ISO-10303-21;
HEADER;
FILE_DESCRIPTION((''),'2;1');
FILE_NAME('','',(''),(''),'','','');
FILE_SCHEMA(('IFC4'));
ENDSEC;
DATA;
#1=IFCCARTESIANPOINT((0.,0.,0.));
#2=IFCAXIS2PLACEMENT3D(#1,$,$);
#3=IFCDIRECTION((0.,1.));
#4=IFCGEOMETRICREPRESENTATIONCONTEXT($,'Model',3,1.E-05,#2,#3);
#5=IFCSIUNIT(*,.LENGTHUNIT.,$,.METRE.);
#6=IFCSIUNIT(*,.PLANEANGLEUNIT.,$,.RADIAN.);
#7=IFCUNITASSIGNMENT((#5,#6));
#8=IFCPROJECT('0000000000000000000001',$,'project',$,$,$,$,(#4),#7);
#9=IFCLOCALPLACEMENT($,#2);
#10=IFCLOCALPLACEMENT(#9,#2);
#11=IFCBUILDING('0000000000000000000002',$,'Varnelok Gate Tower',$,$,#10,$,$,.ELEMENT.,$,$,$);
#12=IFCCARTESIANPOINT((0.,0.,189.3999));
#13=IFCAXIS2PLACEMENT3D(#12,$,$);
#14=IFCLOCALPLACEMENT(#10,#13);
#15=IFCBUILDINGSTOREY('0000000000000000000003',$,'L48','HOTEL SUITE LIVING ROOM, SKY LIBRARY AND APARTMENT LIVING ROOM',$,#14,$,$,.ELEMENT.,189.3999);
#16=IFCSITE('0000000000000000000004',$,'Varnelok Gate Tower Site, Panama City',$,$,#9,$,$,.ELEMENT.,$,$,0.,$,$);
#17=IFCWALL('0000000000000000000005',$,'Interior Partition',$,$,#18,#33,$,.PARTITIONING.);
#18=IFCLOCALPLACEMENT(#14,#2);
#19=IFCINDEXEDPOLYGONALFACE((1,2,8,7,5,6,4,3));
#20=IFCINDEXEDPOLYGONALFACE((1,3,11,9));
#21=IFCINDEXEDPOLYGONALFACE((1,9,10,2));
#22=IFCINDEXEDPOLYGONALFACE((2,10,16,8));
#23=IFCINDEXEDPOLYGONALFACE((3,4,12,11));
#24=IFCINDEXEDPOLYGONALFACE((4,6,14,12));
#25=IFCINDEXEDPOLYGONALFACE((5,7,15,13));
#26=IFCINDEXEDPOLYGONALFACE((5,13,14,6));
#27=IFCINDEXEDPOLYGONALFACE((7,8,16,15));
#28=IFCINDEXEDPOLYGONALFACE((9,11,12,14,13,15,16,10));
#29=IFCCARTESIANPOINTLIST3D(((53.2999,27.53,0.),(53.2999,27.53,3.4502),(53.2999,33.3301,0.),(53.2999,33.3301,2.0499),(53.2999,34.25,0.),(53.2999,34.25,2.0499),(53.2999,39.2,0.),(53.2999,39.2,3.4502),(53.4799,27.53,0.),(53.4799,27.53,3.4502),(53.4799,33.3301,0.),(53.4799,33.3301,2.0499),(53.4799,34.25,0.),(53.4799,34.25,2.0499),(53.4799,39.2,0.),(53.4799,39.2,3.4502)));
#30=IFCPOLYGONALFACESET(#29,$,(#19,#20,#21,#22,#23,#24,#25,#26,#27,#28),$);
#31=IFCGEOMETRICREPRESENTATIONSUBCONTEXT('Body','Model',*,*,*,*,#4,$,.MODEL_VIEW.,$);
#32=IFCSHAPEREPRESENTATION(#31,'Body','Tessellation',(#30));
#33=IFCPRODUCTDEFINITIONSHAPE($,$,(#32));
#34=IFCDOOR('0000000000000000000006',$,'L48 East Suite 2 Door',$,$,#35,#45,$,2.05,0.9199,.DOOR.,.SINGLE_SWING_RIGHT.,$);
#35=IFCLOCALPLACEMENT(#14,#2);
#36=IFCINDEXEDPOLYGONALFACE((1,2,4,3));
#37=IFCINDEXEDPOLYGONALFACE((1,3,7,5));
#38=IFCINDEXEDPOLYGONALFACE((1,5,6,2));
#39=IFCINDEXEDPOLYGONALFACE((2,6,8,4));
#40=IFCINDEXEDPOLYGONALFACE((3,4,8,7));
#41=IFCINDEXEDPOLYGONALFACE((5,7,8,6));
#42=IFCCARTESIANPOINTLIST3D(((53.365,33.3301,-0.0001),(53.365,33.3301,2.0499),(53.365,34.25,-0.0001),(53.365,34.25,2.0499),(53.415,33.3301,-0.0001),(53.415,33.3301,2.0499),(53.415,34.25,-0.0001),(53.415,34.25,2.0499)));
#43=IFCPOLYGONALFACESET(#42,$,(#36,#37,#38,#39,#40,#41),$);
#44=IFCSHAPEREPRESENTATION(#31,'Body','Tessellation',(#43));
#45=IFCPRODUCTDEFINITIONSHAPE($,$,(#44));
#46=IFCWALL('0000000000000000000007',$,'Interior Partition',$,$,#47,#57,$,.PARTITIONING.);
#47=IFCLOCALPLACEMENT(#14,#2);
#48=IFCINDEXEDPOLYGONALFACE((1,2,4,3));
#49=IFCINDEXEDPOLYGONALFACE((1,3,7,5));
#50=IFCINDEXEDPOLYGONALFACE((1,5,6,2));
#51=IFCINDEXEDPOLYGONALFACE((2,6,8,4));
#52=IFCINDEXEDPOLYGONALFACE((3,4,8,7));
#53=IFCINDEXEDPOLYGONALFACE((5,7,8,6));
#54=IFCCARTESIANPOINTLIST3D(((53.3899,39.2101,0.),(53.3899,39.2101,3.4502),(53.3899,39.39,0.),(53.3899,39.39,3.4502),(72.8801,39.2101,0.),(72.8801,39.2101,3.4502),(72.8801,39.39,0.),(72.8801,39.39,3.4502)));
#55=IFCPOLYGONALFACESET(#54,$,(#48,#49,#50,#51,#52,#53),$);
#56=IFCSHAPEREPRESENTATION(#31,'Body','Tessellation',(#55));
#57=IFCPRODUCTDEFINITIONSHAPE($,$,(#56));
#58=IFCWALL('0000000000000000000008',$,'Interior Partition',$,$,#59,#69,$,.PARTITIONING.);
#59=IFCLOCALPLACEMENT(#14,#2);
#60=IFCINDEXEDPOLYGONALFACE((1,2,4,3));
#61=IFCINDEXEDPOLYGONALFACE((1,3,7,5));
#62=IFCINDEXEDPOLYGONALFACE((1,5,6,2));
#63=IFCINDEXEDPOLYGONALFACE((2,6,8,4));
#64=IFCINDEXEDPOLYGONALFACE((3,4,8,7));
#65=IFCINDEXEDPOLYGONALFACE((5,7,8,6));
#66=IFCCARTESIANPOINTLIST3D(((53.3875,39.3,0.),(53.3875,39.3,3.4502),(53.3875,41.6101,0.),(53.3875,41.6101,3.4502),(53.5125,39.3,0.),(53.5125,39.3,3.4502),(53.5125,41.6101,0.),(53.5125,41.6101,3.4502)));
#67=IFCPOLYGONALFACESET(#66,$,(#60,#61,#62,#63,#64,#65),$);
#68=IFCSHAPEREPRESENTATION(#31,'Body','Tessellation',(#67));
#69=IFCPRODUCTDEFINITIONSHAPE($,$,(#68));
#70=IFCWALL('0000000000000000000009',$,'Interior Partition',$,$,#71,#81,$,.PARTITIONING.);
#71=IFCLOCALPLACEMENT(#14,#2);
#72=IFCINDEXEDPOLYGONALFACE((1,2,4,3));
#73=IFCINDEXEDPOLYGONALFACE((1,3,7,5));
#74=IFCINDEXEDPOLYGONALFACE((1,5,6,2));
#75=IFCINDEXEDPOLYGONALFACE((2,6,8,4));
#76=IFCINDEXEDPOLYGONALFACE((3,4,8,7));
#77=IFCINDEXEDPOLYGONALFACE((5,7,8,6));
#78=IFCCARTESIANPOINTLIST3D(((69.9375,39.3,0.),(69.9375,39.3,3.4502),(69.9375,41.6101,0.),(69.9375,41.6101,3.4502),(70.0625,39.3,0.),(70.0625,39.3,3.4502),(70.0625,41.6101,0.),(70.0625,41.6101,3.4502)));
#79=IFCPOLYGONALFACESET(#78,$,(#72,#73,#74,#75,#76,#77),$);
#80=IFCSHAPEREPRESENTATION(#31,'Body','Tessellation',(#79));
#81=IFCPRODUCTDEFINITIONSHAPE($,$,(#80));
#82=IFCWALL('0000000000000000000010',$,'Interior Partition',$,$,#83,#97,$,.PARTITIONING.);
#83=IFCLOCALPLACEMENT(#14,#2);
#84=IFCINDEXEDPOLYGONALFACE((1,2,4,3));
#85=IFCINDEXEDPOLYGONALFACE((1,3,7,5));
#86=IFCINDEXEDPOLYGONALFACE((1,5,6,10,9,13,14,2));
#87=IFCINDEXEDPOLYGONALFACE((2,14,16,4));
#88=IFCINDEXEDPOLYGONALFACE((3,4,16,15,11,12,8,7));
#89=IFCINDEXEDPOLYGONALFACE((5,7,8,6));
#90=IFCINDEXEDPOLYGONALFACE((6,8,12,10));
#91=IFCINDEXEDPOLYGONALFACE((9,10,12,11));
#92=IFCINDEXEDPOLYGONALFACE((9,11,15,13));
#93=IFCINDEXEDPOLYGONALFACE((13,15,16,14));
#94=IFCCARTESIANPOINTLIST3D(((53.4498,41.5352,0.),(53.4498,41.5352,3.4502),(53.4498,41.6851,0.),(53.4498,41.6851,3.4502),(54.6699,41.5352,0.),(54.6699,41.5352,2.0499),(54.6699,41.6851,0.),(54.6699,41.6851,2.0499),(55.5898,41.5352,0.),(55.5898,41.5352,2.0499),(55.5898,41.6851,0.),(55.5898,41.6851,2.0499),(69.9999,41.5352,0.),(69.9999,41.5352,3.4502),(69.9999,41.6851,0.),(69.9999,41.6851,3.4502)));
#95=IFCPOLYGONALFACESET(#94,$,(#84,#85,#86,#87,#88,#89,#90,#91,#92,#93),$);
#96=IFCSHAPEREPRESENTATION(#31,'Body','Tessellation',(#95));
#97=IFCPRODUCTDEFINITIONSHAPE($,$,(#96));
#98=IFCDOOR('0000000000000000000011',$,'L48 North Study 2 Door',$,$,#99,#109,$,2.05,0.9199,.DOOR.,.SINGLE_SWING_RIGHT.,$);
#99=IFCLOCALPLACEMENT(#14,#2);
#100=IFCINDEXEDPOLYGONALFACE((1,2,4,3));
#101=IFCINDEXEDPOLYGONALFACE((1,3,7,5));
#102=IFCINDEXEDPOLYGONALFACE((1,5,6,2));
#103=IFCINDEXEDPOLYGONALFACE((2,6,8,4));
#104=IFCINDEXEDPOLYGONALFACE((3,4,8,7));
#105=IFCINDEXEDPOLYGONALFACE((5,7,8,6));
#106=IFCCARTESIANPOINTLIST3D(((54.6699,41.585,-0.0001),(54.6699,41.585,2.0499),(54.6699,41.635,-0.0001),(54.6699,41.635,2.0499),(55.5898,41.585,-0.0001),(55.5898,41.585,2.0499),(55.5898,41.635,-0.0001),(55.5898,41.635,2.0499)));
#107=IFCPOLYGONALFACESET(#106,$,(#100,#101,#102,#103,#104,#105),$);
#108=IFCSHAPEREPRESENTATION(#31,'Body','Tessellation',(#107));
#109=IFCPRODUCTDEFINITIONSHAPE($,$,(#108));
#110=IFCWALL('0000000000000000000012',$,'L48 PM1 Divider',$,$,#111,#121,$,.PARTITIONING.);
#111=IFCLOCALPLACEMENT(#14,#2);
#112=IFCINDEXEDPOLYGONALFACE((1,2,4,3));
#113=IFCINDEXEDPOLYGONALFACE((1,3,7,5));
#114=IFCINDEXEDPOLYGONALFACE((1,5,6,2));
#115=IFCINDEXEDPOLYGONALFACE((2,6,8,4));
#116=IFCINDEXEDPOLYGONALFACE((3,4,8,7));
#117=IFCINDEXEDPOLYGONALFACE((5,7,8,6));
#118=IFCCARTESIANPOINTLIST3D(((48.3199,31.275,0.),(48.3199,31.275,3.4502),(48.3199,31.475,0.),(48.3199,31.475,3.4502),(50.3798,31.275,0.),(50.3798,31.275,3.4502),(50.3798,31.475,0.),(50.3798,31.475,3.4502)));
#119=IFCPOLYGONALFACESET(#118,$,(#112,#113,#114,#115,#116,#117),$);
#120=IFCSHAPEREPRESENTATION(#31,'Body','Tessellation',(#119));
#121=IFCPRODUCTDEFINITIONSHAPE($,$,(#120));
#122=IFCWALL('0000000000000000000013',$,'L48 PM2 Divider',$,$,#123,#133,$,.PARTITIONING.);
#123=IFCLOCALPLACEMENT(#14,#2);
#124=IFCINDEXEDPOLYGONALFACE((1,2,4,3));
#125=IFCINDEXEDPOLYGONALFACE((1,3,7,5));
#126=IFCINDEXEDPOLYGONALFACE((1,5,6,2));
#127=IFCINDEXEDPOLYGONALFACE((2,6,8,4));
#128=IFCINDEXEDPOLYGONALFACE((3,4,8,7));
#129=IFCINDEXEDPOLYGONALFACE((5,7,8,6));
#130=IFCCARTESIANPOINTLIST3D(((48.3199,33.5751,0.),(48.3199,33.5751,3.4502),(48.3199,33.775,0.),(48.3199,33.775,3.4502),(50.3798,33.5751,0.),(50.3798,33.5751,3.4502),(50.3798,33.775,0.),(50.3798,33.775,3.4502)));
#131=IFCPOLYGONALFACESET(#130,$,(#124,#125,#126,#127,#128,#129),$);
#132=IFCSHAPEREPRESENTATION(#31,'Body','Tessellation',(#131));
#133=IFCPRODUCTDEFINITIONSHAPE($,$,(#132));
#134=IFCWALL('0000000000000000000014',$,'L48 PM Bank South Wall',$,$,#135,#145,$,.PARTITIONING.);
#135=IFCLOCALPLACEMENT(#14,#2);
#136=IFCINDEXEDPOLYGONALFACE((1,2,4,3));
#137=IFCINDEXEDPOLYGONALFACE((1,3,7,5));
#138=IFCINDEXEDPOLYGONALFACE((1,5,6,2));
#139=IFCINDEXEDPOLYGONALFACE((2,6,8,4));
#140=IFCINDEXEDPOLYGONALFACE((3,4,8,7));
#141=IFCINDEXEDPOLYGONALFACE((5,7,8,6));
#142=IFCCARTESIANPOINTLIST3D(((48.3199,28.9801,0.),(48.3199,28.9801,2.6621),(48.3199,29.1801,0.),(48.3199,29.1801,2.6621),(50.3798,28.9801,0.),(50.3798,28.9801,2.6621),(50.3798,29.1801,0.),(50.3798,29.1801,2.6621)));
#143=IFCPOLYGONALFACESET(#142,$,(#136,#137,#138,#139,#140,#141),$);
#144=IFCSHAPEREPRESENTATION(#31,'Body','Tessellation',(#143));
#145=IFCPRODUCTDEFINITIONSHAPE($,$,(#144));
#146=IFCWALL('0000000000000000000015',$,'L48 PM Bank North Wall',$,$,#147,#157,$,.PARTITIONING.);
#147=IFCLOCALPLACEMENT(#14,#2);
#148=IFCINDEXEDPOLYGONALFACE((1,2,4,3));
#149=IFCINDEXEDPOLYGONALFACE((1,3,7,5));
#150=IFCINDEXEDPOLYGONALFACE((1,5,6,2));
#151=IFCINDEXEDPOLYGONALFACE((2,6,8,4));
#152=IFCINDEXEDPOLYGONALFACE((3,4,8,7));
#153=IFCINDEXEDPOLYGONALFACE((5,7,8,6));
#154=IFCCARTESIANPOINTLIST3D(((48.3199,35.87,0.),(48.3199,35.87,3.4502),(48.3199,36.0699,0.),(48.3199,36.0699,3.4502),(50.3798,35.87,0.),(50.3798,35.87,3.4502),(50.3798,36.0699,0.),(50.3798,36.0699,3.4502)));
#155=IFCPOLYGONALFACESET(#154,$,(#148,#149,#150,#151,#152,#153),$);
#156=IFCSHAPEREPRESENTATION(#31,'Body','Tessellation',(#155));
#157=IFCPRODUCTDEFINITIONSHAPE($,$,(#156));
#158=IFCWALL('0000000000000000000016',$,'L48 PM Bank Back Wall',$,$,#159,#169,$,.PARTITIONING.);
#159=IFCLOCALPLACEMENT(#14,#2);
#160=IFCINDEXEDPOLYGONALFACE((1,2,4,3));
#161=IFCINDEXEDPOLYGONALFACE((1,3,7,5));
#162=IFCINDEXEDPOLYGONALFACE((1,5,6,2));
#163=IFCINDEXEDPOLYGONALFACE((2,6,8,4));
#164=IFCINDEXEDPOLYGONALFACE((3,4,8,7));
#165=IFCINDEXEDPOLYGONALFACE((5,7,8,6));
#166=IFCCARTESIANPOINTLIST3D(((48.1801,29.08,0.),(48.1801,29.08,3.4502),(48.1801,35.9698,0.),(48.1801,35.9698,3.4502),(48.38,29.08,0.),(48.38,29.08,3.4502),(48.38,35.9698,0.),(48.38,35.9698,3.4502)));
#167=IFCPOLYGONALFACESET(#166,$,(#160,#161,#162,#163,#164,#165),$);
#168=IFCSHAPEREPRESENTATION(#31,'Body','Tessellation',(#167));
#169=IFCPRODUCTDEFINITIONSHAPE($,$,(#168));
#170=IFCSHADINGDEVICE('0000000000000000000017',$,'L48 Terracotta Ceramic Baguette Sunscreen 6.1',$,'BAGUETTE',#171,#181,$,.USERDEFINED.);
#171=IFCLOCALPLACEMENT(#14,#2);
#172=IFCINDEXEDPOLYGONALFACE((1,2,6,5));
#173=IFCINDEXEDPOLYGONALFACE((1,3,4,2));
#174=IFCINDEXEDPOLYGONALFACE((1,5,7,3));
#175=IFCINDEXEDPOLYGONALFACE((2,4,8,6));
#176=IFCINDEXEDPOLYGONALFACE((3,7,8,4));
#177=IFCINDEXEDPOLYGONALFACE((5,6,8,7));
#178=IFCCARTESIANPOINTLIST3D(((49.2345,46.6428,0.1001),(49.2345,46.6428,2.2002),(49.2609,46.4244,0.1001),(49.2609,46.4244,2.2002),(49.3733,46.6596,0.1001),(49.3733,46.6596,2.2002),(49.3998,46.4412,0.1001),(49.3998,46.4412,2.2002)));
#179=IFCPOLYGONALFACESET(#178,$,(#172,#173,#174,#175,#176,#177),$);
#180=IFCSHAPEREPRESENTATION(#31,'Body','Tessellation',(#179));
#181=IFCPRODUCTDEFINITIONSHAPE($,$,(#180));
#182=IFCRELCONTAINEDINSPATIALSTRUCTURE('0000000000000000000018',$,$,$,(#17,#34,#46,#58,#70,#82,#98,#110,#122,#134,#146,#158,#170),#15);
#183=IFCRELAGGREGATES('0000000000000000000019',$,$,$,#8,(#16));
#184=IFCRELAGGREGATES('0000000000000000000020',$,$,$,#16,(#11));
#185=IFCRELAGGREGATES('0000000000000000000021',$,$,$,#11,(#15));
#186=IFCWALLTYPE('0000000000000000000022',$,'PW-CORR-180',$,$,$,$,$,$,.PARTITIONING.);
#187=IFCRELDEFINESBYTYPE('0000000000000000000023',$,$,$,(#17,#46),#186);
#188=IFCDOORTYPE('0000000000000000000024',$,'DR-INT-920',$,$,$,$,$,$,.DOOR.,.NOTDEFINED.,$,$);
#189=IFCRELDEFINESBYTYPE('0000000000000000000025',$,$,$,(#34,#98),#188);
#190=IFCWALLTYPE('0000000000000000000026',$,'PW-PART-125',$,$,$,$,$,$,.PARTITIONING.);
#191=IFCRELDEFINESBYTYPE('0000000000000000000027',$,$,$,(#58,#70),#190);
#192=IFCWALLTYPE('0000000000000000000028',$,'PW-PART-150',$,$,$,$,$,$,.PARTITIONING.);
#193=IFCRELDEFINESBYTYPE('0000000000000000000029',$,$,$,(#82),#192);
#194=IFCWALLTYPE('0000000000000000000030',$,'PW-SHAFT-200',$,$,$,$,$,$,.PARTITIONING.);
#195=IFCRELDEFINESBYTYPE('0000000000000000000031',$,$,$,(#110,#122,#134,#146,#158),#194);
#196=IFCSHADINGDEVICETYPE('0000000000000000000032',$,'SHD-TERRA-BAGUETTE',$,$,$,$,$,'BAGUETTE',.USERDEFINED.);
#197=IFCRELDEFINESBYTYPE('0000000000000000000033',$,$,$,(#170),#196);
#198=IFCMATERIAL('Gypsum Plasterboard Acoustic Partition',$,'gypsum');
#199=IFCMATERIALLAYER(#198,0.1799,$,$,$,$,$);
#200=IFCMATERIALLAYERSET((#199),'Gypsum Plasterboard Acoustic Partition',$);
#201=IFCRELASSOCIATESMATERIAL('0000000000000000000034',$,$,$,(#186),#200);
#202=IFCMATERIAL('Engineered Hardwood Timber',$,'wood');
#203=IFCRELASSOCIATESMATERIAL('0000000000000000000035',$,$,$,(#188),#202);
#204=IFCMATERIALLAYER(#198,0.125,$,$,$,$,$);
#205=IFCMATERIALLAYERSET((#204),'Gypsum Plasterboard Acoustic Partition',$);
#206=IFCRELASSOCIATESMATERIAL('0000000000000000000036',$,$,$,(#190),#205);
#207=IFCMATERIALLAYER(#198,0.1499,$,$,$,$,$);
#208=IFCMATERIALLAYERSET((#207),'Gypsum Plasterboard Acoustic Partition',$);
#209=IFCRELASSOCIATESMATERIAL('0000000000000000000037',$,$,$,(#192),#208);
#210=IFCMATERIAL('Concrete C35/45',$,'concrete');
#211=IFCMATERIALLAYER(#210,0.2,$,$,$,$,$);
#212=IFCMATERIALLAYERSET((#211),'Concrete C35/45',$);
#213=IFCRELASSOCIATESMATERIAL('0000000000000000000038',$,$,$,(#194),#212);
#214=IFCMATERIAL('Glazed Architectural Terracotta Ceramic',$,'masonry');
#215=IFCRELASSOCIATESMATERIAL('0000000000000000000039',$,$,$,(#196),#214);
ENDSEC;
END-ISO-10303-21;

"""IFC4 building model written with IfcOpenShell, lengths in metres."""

from ifc_helpers import new_model, si_unit, direction, frame, frame_2d, origin, origin_2d, place, context, subcontext, project, spatial, rectangle, extrude, source, transform, mapped, material, layer, layer_set, type_object, element, fill, save


model = new_model("IFC4")

# Units and contexts
model_context = context("Model", 3, precision=1e-05, world=origin(), true_north=direction((0.0, 1.0)))
body_context = subcontext(model_context, "Body", "Model", "MODEL_VIEW")
ifc_project = project(units=[si_unit("LENGTHUNIT", "METRE"), si_unit("PLANEANGLEUNIT", "RADIAN")], contexts=[model_context])

# Site, building, storey
site_placement = place(None, origin())
site = spatial("IfcSite", under=ifc_project, at=site_placement, Name="Varnelok Gate Tower Site, Panama City", CompositionType="ELEMENT", RefElevation=0.0)
building_placement = place(site_placement, origin())
building = spatial("IfcBuilding", under=site, at=building_placement, Name="Varnelok Gate Tower", CompositionType="ELEMENT")
storey_placement = place(building_placement, frame((0.0, 0.0, 189.3999)))
storey = spatial("IfcBuildingStorey", under=building, at=storey_placement, Name="L48", Description="HOTEL SUITE LIVING ROOM, SKY LIBRARY AND APARTMENT LIVING ROOM", CompositionType="ELEMENT", Elevation=189.3999)

# Wall, opening, door
ifc_material_1 = material(Name="Gypsum Plasterboard Acoustic Partition", Category="gypsum")
ifc_layer_1 = layer(ifc_material_1, 0.1799)
ifc_layer_set_1 = layer_set([ifc_layer_1], Name="Gypsum Plasterboard Acoustic Partition")
wall_type_1 = type_object("IfcWallType", Name="PW-CORR-180", PredefinedType="PARTITIONING", material=ifc_layer_set_1)
wall_1_placement = place(storey_placement, frame((53.3899, 27.53, 0.0), z_axis=(0.0, 0.0, 1.0), x_axis=(0.0, 1.0, 0.0)))
wall_1 = element("IfcWall", 1, at=wall_1_placement, inside=storey, type_object=wall_type_1, Name="Interior Partition", PredefinedType="PARTITIONING", context=body_context, shape_type="SweptSolid", body=[
    extrude(rectangle(XDim=11.6699, YDim=0.1799, at=frame_2d((5.835, 0.0))), origin(), (0.0, 0.0, 1.0), 3.4502),
])
opening_1_placement = place(wall_1_placement, frame((5.8, 0.0, 0.0)))
opening_1 = element("IfcOpeningElement", 2, at=opening_1_placement, cuts=wall_1, PredefinedType="OPENING", context=body_context, shape_type="SweptSolid", body=[
    extrude(rectangle(XDim=0.9199, YDim=2.05, at=frame_2d((0.46, 1.0249))), frame((0.0, 0.0999, 0.0), z_axis=(0.0, -1.0, 0.0), x_axis=(1.0, 0.0, 0.0)), (0.0, 0.0, 1.0), 0.2),
])
ifc_material_2 = material(Name="Engineered Hardwood Timber", Category="wood")
door_type_1 = type_object("IfcDoorType", Name="DR-INT-920", OperationType="NOTDEFINED", PredefinedType="DOOR", material=ifc_material_2)
door_1_placement = place(opening_1_placement, origin())
door_1 = element("IfcDoor", 3, at=door_1_placement, inside=storey, type_object=door_type_1, Name="L48 East Suite 2 Door", OperationType="SINGLE_SWING_RIGHT", OverallHeight=2.05, OverallWidth=0.9199, PredefinedType="DOOR", context=body_context, shape_type="SweptSolid", body=[
    extrude(rectangle(XDim=0.9199, YDim=2.05, at=frame_2d((0.46, 1.0249))), frame((0.0, 0.0249, 0.0), z_axis=(0.0, -1.0, 0.0), x_axis=(1.0, 0.0, 0.0)), (0.0, 0.0, 1.0), 0.05),
])
fill(opening_1, door_1)

# Walls
wall_2_placement = place(storey_placement, frame((53.3899, 39.3, 0.0), z_axis=(0.0, 0.0, 1.0), x_axis=(1.0, 0.0, 0.0)))
element("IfcWall", 4, at=wall_2_placement, inside=storey, type_object=wall_type_1, Name="Interior Partition", PredefinedType="PARTITIONING", context=body_context, shape_type="SweptSolid", body=[
    extrude(rectangle(XDim=19.4902, YDim=0.1799, at=frame_2d((9.7451, 0.0))), origin(), (0.0, 0.0, 1.0), 3.4502),
])
ifc_layer_2 = layer(ifc_material_1, 0.125)
ifc_layer_set_2 = layer_set([ifc_layer_2], Name="Gypsum Plasterboard Acoustic Partition")
wall_type_2 = type_object("IfcWallType", Name="PW-PART-125", PredefinedType="PARTITIONING", material=ifc_layer_set_2)
for number, where, z_axis, x_axis, name in (
    (5, (53.45, 39.3, 0.0), (0.0, 0.0, 1.0), (0.0, 1.0, 0.0), "Interior Partition"),
    (6, (70.0, 39.3, 0.0), (0.0, 0.0, 1.0), (0.0, 1.0, 0.0), "Interior Partition"),
):
    element("IfcWall", number, at=place(storey_placement, frame(where, z_axis=z_axis, x_axis=x_axis)), inside=storey, type_object=wall_type_2, Name=name, PredefinedType="PARTITIONING", context=body_context, shape_type="SweptSolid", body=[
        extrude(rectangle(XDim=2.3101, YDim=0.125, at=frame_2d((1.155, 0.0))), origin(), (0.0, 0.0, 1.0), 3.4502),
    ])

# Wall, opening, door
ifc_layer_3 = layer(ifc_material_1, 0.1499)
ifc_layer_set_3 = layer_set([ifc_layer_3], Name="Gypsum Plasterboard Acoustic Partition")
wall_type_3 = type_object("IfcWallType", Name="PW-PART-150", PredefinedType="PARTITIONING", material=ifc_layer_set_3)
wall_3_placement = place(storey_placement, frame((53.45, 41.6101, 0.0), z_axis=(0.0, 0.0, 1.0), x_axis=(1.0, 0.0, 0.0)))
wall_3 = element("IfcWall", 7, at=wall_3_placement, inside=storey, type_object=wall_type_3, Name="Interior Partition", PredefinedType="PARTITIONING", context=body_context, shape_type="SweptSolid", body=[
    extrude(rectangle(XDim=16.55, YDim=0.1499, at=frame_2d((8.2749, 0.0))), origin(), (0.0, 0.0, 1.0), 3.4502),
])
opening_2_placement = place(wall_3_placement, frame((1.22, 0.0, 0.0)))
opening_2 = element("IfcOpeningElement", 8, at=opening_2_placement, cuts=wall_3, PredefinedType="OPENING", context=body_context, shape_type="SweptSolid", body=[
    extrude(rectangle(XDim=0.9199, YDim=2.05, at=frame_2d((0.46, 1.0249))), frame((0.0, 0.085, 0.0), z_axis=(0.0, -1.0, 0.0), x_axis=(1.0, 0.0, 0.0)), (0.0, 0.0, 1.0), 0.1699),
])
door_2_placement = place(opening_2_placement, origin())
door_2 = element("IfcDoor", 9, at=door_2_placement, inside=storey, type_object=door_type_1, Name="L48 North Study 2 Door", OperationType="SINGLE_SWING_RIGHT", OverallHeight=2.05, OverallWidth=0.9199, PredefinedType="DOOR", context=body_context, shape_type="SweptSolid", body=[
    extrude(rectangle(XDim=0.9199, YDim=2.05, at=frame_2d((0.46, 1.0249))), frame((0.0, 0.0249, 0.0), z_axis=(0.0, -1.0, 0.0), x_axis=(1.0, 0.0, 0.0)), (0.0, 0.0, 1.0), 0.05),
])
fill(opening_2, door_2)

# Walls
ifc_material_3 = material(Name="Concrete C35/45", Category="concrete")
ifc_layer_4 = layer(ifc_material_3, 0.2)
ifc_layer_set_4 = layer_set([ifc_layer_4], Name="Concrete C35/45")
wall_type_4 = type_object("IfcWallType", Name="PW-SHAFT-200", PredefinedType="PARTITIONING", material=ifc_layer_set_4)
for number, where, z_axis, x_axis, name in (
    (10, (48.3201, 31.375, 0.0), (0.0, 0.0, 1.0), (1.0, 0.0, 0.0), "L48 PM1 Divider"),
    (11, (48.3201, 33.675, 0.0), (0.0, 0.0, 1.0), (1.0, 0.0, 0.0), "L48 PM2 Divider"),
):
    element("IfcWall", number, at=place(storey_placement, frame(where, z_axis=z_axis, x_axis=x_axis)), inside=storey, type_object=wall_type_4, Name=name, PredefinedType="PARTITIONING", context=body_context, shape_type="SweptSolid", body=[
        extrude(rectangle(XDim=2.0598, YDim=0.2, at=frame_2d((1.0298, 0.0))), origin(), (0.0, 0.0, 1.0), 3.4502),
    ])
wall_4_placement = place(storey_placement, frame((48.3201, 29.0801, 0.0), z_axis=(0.0, 0.0, 1.0), x_axis=(1.0, 0.0, 0.0)))
element("IfcWall", 12, at=wall_4_placement, inside=storey, type_object=wall_type_4, Name="L48 PM Bank South Wall", PredefinedType="PARTITIONING", context=body_context, shape_type="SweptSolid", body=[
    extrude(rectangle(XDim=2.0598, YDim=0.2, at=frame_2d((1.0298, 0.0))), origin(), (0.0, 0.0, 1.0), 2.6621),
])
wall_5_placement = place(storey_placement, frame((48.3201, 35.97, 0.0), z_axis=(0.0, 0.0, 1.0), x_axis=(1.0, 0.0, 0.0)))
element("IfcWall", 13, at=wall_5_placement, inside=storey, type_object=wall_type_4, Name="L48 PM Bank North Wall", PredefinedType="PARTITIONING", context=body_context, shape_type="SweptSolid", body=[
    extrude(rectangle(XDim=2.0598, YDim=0.2, at=frame_2d((1.0298, 0.0))), origin(), (0.0, 0.0, 1.0), 3.4502),
])
wall_6_placement = place(storey_placement, frame((48.28, 29.0801, 0.0), z_axis=(0.0, 0.0, 1.0), x_axis=(0.0, 1.0, 0.0)))
element("IfcWall", 14, at=wall_6_placement, inside=storey, type_object=wall_type_4, Name="L48 PM Bank Back Wall", PredefinedType="PARTITIONING", context=body_context, shape_type="SweptSolid", body=[
    extrude(rectangle(XDim=6.8899, YDim=0.2, at=frame_2d((3.4448, 0.0))), origin(), (0.0, 0.0, 1.0), 3.4502),
])

# Shading device
ifc_material_4 = material(Name="Glazed Architectural Terracotta Ceramic", Category="masonry")
shading_device_type = type_object("IfcShadingDeviceType", Name="SHD-TERRA-BAGUETTE", ElementType="BAGUETTE", PredefinedType="USERDEFINED", material=ifc_material_4)
shared_shape_1 = source(origin(), body_context, "Body", "SweptSolid", [
    extrude(rectangle(XDim=0.1399, YDim=0.22, at=origin_2d()), origin(), (0.0, 0.0, 1.0), 2.1001),
])
shading_device_placement = place(storey_placement, frame((49.3171, 46.542, 0.1001), z_axis=(0.0, 0.0, 1.0), x_axis=(0.992732, 0.120345, 0.0)))
element("IfcShadingDevice", 15, at=shading_device_placement, inside=storey, type_object=shading_device_type, Name="L48 Terracotta Ceramic Baguette Sunscreen 6.1", ObjectType="BAGUETTE", PredefinedType="USERDEFINED", context=body_context, shape_type="MappedRepresentation", body=[
    mapped(shared_shape_1, transform((0.0, 0.0, 0.0), scale=1.0)),
])

save(model, "model.ifc")
